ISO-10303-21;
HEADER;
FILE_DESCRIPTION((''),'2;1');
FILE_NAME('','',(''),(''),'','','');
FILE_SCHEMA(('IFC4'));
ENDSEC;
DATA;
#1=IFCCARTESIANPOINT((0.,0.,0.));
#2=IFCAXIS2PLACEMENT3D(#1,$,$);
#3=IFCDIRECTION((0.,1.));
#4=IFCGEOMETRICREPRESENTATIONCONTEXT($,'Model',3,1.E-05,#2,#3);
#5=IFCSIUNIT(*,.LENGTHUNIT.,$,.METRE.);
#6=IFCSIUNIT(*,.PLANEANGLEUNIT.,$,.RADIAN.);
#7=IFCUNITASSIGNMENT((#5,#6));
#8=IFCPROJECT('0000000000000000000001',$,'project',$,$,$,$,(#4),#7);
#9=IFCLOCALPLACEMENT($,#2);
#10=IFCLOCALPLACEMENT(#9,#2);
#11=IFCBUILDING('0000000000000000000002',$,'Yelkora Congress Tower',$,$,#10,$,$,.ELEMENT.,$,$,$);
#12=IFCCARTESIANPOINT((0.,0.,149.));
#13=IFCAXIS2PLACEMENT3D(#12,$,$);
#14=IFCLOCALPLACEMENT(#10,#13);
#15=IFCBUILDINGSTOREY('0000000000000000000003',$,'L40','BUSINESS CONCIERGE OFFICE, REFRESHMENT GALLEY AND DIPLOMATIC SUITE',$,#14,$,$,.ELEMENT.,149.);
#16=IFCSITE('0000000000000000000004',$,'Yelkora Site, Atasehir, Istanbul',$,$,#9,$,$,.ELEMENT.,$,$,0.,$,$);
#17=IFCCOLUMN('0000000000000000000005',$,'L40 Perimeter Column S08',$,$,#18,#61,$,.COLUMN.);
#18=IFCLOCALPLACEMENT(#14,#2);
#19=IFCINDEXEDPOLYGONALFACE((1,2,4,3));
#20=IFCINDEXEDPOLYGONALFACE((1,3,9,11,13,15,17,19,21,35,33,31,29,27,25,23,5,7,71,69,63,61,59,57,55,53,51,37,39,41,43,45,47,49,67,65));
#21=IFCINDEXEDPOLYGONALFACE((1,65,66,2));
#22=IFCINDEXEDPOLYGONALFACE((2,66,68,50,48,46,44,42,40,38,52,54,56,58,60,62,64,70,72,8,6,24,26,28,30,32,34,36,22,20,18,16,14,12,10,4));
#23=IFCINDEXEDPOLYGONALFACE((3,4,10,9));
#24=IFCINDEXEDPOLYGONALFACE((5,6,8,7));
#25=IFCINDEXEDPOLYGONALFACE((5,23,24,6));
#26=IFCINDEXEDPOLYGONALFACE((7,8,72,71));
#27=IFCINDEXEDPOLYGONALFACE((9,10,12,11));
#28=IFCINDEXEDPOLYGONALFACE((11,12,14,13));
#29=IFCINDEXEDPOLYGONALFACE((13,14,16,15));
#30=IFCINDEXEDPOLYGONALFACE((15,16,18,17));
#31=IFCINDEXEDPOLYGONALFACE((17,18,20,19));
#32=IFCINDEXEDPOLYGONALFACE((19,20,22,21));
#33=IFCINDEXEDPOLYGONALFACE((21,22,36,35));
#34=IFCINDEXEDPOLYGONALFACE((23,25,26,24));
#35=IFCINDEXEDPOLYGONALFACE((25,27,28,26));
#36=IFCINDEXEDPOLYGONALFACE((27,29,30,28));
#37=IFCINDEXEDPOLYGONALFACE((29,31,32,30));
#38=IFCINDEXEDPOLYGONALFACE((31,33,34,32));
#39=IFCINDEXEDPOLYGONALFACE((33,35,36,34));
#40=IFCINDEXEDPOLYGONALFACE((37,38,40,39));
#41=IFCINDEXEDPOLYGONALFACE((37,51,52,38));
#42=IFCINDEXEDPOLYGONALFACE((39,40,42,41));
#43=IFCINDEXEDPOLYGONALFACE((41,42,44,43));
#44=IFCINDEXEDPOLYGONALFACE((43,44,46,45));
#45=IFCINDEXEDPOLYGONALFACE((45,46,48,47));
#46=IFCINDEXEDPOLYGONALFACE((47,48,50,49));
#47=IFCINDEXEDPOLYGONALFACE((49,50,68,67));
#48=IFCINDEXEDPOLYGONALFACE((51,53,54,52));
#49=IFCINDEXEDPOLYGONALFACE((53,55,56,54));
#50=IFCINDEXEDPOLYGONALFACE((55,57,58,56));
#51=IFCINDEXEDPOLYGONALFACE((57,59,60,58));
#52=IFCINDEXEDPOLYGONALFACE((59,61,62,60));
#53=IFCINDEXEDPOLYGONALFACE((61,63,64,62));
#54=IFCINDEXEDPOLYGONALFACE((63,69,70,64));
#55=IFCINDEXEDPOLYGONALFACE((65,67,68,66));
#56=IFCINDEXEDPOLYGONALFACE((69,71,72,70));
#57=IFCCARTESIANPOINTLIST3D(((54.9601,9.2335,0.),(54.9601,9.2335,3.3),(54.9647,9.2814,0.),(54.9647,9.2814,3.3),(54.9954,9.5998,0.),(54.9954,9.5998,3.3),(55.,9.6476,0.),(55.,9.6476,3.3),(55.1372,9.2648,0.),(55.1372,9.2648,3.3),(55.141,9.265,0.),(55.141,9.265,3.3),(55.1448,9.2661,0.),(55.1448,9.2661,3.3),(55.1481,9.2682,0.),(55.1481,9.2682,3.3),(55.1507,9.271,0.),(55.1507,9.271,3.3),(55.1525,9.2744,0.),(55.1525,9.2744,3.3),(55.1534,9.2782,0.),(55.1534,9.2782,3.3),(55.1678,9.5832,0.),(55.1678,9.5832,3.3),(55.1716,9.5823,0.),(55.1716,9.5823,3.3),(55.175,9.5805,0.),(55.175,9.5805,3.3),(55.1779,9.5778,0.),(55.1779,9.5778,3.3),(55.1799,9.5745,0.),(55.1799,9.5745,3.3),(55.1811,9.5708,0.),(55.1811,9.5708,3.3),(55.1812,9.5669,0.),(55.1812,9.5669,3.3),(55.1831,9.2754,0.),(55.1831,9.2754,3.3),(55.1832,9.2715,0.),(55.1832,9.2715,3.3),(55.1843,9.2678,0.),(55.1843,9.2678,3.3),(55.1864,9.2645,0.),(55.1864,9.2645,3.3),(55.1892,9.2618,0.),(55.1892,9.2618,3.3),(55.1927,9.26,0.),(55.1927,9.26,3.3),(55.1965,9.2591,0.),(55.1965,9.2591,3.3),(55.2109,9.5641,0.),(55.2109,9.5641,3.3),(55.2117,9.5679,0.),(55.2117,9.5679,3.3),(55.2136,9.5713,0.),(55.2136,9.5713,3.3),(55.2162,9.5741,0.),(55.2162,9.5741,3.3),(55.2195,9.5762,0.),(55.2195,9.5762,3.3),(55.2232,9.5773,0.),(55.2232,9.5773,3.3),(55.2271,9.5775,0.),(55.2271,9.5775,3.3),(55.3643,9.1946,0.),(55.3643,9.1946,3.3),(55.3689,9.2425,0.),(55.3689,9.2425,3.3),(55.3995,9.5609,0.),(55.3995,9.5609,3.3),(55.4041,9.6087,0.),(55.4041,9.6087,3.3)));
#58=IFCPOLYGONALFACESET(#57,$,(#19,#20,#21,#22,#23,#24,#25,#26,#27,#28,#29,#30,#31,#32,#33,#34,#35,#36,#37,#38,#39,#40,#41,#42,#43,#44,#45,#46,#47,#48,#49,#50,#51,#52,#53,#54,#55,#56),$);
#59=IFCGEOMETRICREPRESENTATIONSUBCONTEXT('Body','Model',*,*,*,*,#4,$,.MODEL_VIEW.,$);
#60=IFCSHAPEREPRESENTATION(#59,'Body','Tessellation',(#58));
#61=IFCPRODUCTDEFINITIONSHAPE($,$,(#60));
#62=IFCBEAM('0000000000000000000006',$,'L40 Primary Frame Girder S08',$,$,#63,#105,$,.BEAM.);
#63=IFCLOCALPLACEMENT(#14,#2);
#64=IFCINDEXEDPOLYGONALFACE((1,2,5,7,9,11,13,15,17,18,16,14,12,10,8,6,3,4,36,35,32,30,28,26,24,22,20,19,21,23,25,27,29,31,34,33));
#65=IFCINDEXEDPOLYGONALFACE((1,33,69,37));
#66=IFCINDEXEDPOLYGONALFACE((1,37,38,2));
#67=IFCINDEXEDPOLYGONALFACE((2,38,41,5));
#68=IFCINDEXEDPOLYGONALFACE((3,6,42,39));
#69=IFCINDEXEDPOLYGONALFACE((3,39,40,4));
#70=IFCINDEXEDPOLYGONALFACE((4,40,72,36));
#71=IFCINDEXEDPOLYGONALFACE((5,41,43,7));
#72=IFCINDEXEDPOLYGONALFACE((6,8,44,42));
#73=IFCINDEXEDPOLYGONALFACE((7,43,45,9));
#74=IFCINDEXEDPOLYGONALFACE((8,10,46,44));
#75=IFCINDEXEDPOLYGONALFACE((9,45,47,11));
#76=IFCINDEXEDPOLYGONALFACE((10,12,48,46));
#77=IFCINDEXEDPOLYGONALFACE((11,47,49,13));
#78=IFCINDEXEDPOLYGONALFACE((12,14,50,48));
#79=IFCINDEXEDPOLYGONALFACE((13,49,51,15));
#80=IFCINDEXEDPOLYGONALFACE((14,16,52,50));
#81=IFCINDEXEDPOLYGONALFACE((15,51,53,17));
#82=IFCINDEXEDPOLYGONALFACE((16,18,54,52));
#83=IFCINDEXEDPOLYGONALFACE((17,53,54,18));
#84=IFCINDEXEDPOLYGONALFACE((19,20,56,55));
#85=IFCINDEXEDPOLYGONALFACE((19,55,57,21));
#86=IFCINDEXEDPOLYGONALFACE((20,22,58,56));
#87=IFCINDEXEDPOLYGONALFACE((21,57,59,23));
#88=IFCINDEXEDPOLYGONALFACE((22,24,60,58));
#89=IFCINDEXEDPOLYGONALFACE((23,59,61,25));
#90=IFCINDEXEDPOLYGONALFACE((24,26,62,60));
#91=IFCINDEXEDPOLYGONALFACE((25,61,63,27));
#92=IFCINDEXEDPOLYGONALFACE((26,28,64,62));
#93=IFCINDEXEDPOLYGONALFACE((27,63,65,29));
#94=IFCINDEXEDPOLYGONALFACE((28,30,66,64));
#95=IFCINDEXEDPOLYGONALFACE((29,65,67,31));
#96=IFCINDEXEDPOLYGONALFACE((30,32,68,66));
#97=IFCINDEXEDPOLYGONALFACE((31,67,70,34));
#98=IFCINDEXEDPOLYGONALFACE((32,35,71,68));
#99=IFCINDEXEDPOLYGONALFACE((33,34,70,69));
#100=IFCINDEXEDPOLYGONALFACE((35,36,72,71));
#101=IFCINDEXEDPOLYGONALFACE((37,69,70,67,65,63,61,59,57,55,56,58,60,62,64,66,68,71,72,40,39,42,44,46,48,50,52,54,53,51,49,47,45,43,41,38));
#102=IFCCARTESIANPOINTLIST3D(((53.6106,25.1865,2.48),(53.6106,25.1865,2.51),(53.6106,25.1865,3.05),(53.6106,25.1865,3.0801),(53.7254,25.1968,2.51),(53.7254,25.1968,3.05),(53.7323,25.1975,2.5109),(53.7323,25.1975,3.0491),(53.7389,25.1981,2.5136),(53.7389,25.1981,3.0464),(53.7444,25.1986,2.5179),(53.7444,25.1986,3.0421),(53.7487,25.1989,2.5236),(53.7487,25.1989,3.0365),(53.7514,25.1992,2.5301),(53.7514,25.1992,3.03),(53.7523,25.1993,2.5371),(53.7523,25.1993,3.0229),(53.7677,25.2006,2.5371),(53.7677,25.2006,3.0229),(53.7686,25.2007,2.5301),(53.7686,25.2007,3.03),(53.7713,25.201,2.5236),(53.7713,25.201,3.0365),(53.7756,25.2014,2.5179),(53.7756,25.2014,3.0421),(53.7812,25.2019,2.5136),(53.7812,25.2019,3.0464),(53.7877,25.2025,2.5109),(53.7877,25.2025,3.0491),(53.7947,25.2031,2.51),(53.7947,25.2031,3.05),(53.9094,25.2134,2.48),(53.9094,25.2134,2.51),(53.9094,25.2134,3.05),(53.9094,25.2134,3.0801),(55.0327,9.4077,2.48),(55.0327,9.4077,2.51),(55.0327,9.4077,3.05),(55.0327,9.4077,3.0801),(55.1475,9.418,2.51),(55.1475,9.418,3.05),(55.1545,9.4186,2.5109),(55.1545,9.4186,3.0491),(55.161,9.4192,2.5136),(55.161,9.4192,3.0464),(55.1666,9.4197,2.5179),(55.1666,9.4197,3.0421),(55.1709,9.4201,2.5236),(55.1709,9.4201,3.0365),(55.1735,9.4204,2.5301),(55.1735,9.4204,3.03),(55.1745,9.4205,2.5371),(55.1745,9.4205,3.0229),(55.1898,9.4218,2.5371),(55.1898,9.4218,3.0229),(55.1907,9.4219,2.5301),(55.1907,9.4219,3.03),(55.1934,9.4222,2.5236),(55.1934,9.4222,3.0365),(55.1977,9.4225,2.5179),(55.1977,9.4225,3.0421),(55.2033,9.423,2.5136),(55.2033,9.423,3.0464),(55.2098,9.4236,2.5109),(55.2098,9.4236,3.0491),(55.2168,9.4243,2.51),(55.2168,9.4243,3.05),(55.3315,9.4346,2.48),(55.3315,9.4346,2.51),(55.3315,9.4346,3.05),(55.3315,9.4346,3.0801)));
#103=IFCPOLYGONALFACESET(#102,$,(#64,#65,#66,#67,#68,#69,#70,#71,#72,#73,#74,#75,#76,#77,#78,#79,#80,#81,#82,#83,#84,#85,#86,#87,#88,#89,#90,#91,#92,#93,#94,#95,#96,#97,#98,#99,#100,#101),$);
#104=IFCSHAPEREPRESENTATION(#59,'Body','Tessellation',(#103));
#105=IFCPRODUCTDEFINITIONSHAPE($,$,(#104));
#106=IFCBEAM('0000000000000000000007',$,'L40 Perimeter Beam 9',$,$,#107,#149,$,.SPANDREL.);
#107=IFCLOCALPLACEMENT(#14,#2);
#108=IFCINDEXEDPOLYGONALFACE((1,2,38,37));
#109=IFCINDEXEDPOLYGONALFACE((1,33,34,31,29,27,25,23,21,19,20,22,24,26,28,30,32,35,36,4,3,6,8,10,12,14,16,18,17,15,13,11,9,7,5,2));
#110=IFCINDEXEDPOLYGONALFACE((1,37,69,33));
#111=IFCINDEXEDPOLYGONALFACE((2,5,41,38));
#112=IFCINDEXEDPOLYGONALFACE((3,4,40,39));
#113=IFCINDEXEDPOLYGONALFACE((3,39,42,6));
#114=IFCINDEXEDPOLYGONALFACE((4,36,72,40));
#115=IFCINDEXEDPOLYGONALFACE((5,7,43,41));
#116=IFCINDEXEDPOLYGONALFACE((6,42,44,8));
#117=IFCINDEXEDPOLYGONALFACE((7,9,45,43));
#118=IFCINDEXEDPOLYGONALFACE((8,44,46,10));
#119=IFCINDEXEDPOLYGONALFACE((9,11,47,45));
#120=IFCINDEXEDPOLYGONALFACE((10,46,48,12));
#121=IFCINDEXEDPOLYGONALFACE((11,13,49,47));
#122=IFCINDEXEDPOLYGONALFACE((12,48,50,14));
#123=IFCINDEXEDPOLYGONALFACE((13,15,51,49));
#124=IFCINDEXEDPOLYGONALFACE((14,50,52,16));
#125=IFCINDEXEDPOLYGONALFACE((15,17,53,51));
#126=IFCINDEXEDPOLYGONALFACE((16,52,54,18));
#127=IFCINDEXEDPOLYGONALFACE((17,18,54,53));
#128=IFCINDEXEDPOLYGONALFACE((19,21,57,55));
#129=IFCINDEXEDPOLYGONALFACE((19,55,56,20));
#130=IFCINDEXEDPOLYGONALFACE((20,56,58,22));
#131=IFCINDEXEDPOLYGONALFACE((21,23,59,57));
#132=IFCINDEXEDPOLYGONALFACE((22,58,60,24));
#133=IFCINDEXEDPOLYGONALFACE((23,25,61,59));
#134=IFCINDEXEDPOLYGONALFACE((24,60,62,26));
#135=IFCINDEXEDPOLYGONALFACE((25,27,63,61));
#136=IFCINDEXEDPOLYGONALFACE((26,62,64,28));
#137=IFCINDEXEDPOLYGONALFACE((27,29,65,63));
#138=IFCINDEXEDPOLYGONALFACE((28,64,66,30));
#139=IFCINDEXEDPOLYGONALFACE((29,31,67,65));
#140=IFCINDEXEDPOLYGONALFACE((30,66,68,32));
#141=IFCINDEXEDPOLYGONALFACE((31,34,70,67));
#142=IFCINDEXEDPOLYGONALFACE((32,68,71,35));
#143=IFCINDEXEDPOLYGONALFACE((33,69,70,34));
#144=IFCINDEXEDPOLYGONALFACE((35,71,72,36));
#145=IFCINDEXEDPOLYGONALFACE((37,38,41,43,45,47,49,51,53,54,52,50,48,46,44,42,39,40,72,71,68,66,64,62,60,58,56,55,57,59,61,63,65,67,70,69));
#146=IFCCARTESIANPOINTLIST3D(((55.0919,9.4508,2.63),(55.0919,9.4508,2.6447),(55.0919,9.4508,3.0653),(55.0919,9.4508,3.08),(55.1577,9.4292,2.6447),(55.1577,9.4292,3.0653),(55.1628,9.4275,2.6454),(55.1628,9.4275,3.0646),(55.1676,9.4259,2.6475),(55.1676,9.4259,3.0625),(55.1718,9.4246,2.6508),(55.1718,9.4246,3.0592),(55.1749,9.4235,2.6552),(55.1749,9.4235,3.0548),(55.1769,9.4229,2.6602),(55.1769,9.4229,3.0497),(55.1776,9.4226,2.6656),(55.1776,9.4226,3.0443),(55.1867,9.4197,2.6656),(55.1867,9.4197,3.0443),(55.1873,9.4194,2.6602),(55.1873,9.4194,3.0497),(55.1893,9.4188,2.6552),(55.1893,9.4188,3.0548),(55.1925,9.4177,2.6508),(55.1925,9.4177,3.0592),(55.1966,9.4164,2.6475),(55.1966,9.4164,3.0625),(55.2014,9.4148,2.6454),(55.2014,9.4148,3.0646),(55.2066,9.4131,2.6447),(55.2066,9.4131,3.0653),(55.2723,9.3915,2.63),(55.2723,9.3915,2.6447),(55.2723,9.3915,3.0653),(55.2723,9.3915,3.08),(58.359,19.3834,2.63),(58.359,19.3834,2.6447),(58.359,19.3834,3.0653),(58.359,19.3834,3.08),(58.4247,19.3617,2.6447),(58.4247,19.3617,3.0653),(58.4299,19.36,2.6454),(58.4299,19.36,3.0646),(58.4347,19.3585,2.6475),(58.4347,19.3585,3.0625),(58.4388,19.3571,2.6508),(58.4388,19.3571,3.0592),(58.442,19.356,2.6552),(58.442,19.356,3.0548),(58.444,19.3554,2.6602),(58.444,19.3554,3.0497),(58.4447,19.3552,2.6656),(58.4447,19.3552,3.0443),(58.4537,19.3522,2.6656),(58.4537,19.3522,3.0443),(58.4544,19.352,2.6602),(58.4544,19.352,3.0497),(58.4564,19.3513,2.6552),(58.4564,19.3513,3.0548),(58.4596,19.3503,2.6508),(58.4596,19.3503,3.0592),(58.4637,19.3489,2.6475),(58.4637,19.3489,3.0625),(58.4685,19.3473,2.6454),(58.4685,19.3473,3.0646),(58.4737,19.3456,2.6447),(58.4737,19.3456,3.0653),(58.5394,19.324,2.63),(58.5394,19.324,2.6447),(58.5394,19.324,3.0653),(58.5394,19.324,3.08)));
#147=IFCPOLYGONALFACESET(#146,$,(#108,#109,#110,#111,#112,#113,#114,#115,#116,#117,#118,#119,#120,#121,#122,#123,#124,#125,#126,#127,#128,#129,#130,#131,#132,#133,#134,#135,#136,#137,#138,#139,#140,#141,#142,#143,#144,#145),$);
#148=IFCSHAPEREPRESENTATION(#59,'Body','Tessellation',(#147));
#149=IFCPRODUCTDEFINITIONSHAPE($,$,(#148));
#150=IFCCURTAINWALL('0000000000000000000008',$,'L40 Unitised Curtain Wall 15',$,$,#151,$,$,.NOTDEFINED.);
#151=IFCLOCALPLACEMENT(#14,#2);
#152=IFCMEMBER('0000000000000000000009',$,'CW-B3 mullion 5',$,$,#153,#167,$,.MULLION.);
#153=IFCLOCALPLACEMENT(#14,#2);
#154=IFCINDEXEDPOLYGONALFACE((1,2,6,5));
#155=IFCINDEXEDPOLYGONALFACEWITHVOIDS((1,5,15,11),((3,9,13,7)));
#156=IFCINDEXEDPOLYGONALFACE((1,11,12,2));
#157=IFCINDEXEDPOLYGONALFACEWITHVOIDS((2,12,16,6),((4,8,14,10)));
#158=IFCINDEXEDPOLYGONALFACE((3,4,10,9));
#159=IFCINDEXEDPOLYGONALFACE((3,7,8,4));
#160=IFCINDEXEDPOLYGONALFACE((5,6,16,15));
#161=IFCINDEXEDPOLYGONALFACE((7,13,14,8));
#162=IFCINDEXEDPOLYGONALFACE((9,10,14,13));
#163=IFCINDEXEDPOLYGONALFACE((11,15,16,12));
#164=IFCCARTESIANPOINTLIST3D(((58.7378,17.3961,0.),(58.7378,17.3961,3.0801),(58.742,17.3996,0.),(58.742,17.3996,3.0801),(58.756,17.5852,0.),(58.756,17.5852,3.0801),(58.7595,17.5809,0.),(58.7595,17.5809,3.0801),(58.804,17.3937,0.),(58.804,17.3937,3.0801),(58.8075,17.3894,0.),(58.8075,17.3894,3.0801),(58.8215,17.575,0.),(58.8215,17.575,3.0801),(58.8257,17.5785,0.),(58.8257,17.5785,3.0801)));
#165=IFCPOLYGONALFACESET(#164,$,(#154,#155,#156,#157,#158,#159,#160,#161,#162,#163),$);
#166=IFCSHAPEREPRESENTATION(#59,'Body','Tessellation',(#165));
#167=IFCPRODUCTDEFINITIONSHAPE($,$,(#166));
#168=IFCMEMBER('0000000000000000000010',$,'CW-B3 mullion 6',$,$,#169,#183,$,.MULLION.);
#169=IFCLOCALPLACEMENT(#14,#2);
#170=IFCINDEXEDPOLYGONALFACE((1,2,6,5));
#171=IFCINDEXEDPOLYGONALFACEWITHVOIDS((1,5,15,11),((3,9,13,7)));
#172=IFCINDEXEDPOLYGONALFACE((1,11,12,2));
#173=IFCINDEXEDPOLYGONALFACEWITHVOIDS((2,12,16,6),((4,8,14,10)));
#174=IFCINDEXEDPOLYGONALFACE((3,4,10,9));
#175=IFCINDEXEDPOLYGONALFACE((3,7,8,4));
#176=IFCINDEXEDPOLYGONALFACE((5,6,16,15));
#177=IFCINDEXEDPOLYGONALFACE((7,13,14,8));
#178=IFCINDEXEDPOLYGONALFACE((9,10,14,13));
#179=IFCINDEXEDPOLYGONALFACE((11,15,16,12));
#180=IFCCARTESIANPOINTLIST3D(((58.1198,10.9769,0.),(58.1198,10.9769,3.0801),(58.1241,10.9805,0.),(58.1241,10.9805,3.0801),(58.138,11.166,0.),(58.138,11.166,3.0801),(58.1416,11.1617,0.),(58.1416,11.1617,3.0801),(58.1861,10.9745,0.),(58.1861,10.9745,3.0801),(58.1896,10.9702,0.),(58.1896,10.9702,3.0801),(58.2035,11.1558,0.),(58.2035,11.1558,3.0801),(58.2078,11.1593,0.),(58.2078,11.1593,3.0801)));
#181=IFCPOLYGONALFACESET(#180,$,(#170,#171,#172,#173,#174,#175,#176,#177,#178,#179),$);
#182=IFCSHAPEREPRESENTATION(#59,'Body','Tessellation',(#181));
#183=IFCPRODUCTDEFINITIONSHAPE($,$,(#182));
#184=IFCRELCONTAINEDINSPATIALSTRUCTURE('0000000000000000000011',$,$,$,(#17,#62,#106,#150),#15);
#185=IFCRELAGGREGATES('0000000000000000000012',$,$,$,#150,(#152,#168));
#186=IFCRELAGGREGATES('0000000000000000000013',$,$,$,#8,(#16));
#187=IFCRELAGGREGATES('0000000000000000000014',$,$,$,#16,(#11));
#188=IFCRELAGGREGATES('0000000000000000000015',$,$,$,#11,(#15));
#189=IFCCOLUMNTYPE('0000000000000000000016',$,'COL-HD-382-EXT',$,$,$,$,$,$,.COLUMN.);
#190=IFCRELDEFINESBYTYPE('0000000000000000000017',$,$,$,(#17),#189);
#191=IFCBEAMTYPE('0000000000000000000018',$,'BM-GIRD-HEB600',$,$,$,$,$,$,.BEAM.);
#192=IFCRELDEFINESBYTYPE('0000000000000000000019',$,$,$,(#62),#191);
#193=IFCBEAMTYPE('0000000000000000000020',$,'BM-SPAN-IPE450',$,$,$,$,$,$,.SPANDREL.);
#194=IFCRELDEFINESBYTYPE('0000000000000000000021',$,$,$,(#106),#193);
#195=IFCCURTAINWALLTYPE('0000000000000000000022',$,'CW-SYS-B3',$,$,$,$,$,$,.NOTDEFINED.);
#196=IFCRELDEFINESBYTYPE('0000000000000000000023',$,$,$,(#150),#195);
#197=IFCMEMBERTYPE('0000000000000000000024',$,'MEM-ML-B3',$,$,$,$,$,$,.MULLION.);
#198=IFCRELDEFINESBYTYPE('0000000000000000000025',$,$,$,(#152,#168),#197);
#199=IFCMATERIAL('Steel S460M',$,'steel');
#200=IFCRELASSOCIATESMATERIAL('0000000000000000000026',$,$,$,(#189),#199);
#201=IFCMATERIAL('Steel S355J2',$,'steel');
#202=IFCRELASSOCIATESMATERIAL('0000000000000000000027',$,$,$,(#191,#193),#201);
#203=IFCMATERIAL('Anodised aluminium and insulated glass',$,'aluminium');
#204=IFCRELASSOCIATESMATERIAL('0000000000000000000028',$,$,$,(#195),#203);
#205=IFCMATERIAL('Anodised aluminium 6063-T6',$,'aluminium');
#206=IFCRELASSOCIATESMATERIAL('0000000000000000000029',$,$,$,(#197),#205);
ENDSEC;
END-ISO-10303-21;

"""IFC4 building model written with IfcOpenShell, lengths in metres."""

from ifc_helpers import new_model, si_unit, direction, frame, origin, origin_2d, place, context, subcontext, project, spatial, hollow_rectangle, i_section, extrude, material, material_profile, profile_set, type_object, element, aggregate, save


model = new_model("IFC4")

# Units and contexts
model_context = context("Model", 3, precision=1e-05, world=origin(), true_north=direction((0.0, 1.0)))
body_context = subcontext(model_context, "Body", "Model", "MODEL_VIEW")
ifc_project = project(units=[si_unit("LENGTHUNIT", "METRE"), si_unit("PLANEANGLEUNIT", "RADIAN")], contexts=[model_context])

# Site, building, storey
site_placement = place(None, origin())
site = spatial("IfcSite", under=ifc_project, at=site_placement, Name="Yelkora Site, Atasehir, Istanbul", CompositionType="ELEMENT", RefElevation=0.0)
building_placement = place(site_placement, origin())
building = spatial("IfcBuilding", under=site, at=building_placement, Name="Yelkora Congress Tower", CompositionType="ELEMENT")
storey_placement = place(building_placement, frame((0.0, 0.0, 149.0)))
storey = spatial("IfcBuildingStorey", under=building, at=storey_placement, Name="L40", Description="BUSINESS CONCIERGE OFFICE, REFRESHMENT GALLEY AND DIPLOMATIC SUITE", CompositionType="ELEMENT", Elevation=149.0)

# Column
ifc_material_1 = material(Name="Steel S460M", Category="steel")
ifc_material_profile_1 = material_profile(ifc_material_1, i_section(OverallWidth=0.406, OverallDepth=0.416, WebThickness=0.0298, FlangeThickness=0.0481, FilletRadius=0.0149, at=origin_2d()), Name="HD 400x382")
ifc_profile_set_1 = profile_set([ifc_material_profile_1], Name="Steel S460M")
column_type = type_object("IfcColumnType", Name="COL-HD-382-EXT", PredefinedType="COLUMN", material=ifc_profile_set_1)
column_placement = place(storey_placement, frame((55.1821, 9.4211, 0.0), z_axis=(0.0, 0.0, 1.0), x_axis=(0.995396, -0.095846, 0.0)))
element("IfcColumn", 1, at=column_placement, inside=storey, type_object=column_type, Name="L40 Perimeter Column S08", PredefinedType="COLUMN", context=body_context, shape_type="SweptSolid", body=[
    extrude(i_section(OverallWidth=0.406, OverallDepth=0.416, WebThickness=0.0298, FlangeThickness=0.0481, FilletRadius=0.0149, at=origin_2d()), origin(), (0.0, 0.0, 1.0), 3.3),
])

# Beams
ifc_material_2 = material(Name="Steel S355J2", Category="steel")
ifc_material_profile_2 = material_profile(ifc_material_2, i_section(OverallWidth=0.3, OverallDepth=0.6001, WebThickness=0.0154, FlangeThickness=0.03, FilletRadius=0.0271, at=origin_2d()), Name="HEB 600")
ifc_profile_set_2 = profile_set([ifc_material_profile_2], Name="Steel S355J2")
beam_type_1 = type_object("IfcBeamType", Name="BM-GIRD-HEB600", PredefinedType="BEAM", material=ifc_profile_set_2)
beam_1_placement = place(storey_placement, frame((55.1821, 9.4211, 2.78), z_axis=(-0.089765, 0.995963, 0.0), x_axis=(-0.995963, -0.089765, 0.0)))
element("IfcBeam", 2, at=beam_1_placement, inside=storey, type_object=beam_type_1, Name="L40 Primary Frame Girder S08", PredefinedType="BEAM", context=body_context, shape_type="SweptSolid", body=[
    extrude(i_section(OverallWidth=0.3, OverallDepth=0.6001, WebThickness=0.0154, FlangeThickness=0.03, FilletRadius=0.0271, at=origin_2d()), origin(), (0.0, 0.0, 1.0), 15.8428),
])
ifc_material_profile_3 = material_profile(ifc_material_2, i_section(OverallWidth=0.1899, OverallDepth=0.45, WebThickness=0.0095, FlangeThickness=0.0146, FilletRadius=0.021, at=origin_2d()), Name="IPE 450")
ifc_profile_set_3 = profile_set([ifc_material_profile_3], Name="Steel S355J2")
beam_type_2 = type_object("IfcBeamType", Name="BM-SPAN-IPE450", PredefinedType="SPANDREL", material=ifc_profile_set_3)
beam_2_placement = place(storey_placement, frame((55.1821, 9.4211, 2.855), z_axis=(0.312457, 0.949932, 0.0), x_axis=(-0.949932, 0.312457, 0.0)))
element("IfcBeam", 3, at=beam_2_placement, inside=storey, type_object=beam_type_2, Name="L40 Perimeter Beam 9", PredefinedType="SPANDREL", context=body_context, shape_type="SweptSolid", body=[
    extrude(i_section(OverallWidth=0.1899, OverallDepth=0.45, WebThickness=0.0095, FlangeThickness=0.0146, FilletRadius=0.021, at=origin_2d()), origin(), (0.0, 0.0, 1.0), 10.4561),
])

# Curtain wall, members
ifc_material_3 = material(Name="Anodised aluminium and insulated glass", Category="aluminium")
curtain_wall_type = type_object("IfcCurtainWallType", Name="CW-SYS-B3", PredefinedType="NOTDEFINED", material=ifc_material_3)
curtain_wall_1_placement = place(storey_placement, origin())
curtain_wall_1 = element("IfcCurtainWall", 4, at=curtain_wall_1_placement, inside=storey, type_object=curtain_wall_type, Name="L40 Unitised Curtain Wall 15", PredefinedType="NOTDEFINED")
ifc_material_4 = material(Name="Anodised aluminium 6063-T6", Category="aluminium")
ifc_material_profile_4 = material_profile(ifc_material_4, hollow_rectangle(XDim=0.0701, YDim=0.1899, WallThickness=0.0039, at=origin_2d()), Name="ALU 70x190x4")
ifc_profile_set_4 = profile_set([ifc_material_profile_4], Name="Anodised aluminium 6063-T6")
member_type_1 = type_object("IfcMemberType", Name="MEM-ML-B3", PredefinedType="MULLION", material=ifc_profile_set_4)
member_1_placement = place(storey_placement, frame((58.7817, 17.4873, 0.0), z_axis=(0.0, 0.0, 1.0), x_axis=(0.995397, -0.095842, 0.0)))
member_1 = element("IfcMember", 5, at=member_1_placement, type_object=member_type_1, Name="CW-B3 mullion 5", PredefinedType="MULLION", context=body_context, shape_type="SweptSolid", body=[
    extrude(hollow_rectangle(XDim=0.0701, YDim=0.1899, WallThickness=0.0039, at=origin_2d()), origin(), (0.0, 0.0, 1.0), 3.0801),
])
member_2_placement = place(storey_placement, frame((58.1638, 11.0681, 0.0), z_axis=(0.0, 0.0, 1.0), x_axis=(0.995397, -0.095842, 0.0)))
member_2 = element("IfcMember", 6, at=member_2_placement, type_object=member_type_1, Name="CW-B3 mullion 6", PredefinedType="MULLION", context=body_context, shape_type="SweptSolid", body=[
    extrude(hollow_rectangle(XDim=0.0701, YDim=0.1899, WallThickness=0.0039, at=origin_2d()), origin(), (0.0, 0.0, 1.0), 3.0801),
])

aggregate(curtain_wall_1, [member_1, member_2])

save(model, "model.ifc")
